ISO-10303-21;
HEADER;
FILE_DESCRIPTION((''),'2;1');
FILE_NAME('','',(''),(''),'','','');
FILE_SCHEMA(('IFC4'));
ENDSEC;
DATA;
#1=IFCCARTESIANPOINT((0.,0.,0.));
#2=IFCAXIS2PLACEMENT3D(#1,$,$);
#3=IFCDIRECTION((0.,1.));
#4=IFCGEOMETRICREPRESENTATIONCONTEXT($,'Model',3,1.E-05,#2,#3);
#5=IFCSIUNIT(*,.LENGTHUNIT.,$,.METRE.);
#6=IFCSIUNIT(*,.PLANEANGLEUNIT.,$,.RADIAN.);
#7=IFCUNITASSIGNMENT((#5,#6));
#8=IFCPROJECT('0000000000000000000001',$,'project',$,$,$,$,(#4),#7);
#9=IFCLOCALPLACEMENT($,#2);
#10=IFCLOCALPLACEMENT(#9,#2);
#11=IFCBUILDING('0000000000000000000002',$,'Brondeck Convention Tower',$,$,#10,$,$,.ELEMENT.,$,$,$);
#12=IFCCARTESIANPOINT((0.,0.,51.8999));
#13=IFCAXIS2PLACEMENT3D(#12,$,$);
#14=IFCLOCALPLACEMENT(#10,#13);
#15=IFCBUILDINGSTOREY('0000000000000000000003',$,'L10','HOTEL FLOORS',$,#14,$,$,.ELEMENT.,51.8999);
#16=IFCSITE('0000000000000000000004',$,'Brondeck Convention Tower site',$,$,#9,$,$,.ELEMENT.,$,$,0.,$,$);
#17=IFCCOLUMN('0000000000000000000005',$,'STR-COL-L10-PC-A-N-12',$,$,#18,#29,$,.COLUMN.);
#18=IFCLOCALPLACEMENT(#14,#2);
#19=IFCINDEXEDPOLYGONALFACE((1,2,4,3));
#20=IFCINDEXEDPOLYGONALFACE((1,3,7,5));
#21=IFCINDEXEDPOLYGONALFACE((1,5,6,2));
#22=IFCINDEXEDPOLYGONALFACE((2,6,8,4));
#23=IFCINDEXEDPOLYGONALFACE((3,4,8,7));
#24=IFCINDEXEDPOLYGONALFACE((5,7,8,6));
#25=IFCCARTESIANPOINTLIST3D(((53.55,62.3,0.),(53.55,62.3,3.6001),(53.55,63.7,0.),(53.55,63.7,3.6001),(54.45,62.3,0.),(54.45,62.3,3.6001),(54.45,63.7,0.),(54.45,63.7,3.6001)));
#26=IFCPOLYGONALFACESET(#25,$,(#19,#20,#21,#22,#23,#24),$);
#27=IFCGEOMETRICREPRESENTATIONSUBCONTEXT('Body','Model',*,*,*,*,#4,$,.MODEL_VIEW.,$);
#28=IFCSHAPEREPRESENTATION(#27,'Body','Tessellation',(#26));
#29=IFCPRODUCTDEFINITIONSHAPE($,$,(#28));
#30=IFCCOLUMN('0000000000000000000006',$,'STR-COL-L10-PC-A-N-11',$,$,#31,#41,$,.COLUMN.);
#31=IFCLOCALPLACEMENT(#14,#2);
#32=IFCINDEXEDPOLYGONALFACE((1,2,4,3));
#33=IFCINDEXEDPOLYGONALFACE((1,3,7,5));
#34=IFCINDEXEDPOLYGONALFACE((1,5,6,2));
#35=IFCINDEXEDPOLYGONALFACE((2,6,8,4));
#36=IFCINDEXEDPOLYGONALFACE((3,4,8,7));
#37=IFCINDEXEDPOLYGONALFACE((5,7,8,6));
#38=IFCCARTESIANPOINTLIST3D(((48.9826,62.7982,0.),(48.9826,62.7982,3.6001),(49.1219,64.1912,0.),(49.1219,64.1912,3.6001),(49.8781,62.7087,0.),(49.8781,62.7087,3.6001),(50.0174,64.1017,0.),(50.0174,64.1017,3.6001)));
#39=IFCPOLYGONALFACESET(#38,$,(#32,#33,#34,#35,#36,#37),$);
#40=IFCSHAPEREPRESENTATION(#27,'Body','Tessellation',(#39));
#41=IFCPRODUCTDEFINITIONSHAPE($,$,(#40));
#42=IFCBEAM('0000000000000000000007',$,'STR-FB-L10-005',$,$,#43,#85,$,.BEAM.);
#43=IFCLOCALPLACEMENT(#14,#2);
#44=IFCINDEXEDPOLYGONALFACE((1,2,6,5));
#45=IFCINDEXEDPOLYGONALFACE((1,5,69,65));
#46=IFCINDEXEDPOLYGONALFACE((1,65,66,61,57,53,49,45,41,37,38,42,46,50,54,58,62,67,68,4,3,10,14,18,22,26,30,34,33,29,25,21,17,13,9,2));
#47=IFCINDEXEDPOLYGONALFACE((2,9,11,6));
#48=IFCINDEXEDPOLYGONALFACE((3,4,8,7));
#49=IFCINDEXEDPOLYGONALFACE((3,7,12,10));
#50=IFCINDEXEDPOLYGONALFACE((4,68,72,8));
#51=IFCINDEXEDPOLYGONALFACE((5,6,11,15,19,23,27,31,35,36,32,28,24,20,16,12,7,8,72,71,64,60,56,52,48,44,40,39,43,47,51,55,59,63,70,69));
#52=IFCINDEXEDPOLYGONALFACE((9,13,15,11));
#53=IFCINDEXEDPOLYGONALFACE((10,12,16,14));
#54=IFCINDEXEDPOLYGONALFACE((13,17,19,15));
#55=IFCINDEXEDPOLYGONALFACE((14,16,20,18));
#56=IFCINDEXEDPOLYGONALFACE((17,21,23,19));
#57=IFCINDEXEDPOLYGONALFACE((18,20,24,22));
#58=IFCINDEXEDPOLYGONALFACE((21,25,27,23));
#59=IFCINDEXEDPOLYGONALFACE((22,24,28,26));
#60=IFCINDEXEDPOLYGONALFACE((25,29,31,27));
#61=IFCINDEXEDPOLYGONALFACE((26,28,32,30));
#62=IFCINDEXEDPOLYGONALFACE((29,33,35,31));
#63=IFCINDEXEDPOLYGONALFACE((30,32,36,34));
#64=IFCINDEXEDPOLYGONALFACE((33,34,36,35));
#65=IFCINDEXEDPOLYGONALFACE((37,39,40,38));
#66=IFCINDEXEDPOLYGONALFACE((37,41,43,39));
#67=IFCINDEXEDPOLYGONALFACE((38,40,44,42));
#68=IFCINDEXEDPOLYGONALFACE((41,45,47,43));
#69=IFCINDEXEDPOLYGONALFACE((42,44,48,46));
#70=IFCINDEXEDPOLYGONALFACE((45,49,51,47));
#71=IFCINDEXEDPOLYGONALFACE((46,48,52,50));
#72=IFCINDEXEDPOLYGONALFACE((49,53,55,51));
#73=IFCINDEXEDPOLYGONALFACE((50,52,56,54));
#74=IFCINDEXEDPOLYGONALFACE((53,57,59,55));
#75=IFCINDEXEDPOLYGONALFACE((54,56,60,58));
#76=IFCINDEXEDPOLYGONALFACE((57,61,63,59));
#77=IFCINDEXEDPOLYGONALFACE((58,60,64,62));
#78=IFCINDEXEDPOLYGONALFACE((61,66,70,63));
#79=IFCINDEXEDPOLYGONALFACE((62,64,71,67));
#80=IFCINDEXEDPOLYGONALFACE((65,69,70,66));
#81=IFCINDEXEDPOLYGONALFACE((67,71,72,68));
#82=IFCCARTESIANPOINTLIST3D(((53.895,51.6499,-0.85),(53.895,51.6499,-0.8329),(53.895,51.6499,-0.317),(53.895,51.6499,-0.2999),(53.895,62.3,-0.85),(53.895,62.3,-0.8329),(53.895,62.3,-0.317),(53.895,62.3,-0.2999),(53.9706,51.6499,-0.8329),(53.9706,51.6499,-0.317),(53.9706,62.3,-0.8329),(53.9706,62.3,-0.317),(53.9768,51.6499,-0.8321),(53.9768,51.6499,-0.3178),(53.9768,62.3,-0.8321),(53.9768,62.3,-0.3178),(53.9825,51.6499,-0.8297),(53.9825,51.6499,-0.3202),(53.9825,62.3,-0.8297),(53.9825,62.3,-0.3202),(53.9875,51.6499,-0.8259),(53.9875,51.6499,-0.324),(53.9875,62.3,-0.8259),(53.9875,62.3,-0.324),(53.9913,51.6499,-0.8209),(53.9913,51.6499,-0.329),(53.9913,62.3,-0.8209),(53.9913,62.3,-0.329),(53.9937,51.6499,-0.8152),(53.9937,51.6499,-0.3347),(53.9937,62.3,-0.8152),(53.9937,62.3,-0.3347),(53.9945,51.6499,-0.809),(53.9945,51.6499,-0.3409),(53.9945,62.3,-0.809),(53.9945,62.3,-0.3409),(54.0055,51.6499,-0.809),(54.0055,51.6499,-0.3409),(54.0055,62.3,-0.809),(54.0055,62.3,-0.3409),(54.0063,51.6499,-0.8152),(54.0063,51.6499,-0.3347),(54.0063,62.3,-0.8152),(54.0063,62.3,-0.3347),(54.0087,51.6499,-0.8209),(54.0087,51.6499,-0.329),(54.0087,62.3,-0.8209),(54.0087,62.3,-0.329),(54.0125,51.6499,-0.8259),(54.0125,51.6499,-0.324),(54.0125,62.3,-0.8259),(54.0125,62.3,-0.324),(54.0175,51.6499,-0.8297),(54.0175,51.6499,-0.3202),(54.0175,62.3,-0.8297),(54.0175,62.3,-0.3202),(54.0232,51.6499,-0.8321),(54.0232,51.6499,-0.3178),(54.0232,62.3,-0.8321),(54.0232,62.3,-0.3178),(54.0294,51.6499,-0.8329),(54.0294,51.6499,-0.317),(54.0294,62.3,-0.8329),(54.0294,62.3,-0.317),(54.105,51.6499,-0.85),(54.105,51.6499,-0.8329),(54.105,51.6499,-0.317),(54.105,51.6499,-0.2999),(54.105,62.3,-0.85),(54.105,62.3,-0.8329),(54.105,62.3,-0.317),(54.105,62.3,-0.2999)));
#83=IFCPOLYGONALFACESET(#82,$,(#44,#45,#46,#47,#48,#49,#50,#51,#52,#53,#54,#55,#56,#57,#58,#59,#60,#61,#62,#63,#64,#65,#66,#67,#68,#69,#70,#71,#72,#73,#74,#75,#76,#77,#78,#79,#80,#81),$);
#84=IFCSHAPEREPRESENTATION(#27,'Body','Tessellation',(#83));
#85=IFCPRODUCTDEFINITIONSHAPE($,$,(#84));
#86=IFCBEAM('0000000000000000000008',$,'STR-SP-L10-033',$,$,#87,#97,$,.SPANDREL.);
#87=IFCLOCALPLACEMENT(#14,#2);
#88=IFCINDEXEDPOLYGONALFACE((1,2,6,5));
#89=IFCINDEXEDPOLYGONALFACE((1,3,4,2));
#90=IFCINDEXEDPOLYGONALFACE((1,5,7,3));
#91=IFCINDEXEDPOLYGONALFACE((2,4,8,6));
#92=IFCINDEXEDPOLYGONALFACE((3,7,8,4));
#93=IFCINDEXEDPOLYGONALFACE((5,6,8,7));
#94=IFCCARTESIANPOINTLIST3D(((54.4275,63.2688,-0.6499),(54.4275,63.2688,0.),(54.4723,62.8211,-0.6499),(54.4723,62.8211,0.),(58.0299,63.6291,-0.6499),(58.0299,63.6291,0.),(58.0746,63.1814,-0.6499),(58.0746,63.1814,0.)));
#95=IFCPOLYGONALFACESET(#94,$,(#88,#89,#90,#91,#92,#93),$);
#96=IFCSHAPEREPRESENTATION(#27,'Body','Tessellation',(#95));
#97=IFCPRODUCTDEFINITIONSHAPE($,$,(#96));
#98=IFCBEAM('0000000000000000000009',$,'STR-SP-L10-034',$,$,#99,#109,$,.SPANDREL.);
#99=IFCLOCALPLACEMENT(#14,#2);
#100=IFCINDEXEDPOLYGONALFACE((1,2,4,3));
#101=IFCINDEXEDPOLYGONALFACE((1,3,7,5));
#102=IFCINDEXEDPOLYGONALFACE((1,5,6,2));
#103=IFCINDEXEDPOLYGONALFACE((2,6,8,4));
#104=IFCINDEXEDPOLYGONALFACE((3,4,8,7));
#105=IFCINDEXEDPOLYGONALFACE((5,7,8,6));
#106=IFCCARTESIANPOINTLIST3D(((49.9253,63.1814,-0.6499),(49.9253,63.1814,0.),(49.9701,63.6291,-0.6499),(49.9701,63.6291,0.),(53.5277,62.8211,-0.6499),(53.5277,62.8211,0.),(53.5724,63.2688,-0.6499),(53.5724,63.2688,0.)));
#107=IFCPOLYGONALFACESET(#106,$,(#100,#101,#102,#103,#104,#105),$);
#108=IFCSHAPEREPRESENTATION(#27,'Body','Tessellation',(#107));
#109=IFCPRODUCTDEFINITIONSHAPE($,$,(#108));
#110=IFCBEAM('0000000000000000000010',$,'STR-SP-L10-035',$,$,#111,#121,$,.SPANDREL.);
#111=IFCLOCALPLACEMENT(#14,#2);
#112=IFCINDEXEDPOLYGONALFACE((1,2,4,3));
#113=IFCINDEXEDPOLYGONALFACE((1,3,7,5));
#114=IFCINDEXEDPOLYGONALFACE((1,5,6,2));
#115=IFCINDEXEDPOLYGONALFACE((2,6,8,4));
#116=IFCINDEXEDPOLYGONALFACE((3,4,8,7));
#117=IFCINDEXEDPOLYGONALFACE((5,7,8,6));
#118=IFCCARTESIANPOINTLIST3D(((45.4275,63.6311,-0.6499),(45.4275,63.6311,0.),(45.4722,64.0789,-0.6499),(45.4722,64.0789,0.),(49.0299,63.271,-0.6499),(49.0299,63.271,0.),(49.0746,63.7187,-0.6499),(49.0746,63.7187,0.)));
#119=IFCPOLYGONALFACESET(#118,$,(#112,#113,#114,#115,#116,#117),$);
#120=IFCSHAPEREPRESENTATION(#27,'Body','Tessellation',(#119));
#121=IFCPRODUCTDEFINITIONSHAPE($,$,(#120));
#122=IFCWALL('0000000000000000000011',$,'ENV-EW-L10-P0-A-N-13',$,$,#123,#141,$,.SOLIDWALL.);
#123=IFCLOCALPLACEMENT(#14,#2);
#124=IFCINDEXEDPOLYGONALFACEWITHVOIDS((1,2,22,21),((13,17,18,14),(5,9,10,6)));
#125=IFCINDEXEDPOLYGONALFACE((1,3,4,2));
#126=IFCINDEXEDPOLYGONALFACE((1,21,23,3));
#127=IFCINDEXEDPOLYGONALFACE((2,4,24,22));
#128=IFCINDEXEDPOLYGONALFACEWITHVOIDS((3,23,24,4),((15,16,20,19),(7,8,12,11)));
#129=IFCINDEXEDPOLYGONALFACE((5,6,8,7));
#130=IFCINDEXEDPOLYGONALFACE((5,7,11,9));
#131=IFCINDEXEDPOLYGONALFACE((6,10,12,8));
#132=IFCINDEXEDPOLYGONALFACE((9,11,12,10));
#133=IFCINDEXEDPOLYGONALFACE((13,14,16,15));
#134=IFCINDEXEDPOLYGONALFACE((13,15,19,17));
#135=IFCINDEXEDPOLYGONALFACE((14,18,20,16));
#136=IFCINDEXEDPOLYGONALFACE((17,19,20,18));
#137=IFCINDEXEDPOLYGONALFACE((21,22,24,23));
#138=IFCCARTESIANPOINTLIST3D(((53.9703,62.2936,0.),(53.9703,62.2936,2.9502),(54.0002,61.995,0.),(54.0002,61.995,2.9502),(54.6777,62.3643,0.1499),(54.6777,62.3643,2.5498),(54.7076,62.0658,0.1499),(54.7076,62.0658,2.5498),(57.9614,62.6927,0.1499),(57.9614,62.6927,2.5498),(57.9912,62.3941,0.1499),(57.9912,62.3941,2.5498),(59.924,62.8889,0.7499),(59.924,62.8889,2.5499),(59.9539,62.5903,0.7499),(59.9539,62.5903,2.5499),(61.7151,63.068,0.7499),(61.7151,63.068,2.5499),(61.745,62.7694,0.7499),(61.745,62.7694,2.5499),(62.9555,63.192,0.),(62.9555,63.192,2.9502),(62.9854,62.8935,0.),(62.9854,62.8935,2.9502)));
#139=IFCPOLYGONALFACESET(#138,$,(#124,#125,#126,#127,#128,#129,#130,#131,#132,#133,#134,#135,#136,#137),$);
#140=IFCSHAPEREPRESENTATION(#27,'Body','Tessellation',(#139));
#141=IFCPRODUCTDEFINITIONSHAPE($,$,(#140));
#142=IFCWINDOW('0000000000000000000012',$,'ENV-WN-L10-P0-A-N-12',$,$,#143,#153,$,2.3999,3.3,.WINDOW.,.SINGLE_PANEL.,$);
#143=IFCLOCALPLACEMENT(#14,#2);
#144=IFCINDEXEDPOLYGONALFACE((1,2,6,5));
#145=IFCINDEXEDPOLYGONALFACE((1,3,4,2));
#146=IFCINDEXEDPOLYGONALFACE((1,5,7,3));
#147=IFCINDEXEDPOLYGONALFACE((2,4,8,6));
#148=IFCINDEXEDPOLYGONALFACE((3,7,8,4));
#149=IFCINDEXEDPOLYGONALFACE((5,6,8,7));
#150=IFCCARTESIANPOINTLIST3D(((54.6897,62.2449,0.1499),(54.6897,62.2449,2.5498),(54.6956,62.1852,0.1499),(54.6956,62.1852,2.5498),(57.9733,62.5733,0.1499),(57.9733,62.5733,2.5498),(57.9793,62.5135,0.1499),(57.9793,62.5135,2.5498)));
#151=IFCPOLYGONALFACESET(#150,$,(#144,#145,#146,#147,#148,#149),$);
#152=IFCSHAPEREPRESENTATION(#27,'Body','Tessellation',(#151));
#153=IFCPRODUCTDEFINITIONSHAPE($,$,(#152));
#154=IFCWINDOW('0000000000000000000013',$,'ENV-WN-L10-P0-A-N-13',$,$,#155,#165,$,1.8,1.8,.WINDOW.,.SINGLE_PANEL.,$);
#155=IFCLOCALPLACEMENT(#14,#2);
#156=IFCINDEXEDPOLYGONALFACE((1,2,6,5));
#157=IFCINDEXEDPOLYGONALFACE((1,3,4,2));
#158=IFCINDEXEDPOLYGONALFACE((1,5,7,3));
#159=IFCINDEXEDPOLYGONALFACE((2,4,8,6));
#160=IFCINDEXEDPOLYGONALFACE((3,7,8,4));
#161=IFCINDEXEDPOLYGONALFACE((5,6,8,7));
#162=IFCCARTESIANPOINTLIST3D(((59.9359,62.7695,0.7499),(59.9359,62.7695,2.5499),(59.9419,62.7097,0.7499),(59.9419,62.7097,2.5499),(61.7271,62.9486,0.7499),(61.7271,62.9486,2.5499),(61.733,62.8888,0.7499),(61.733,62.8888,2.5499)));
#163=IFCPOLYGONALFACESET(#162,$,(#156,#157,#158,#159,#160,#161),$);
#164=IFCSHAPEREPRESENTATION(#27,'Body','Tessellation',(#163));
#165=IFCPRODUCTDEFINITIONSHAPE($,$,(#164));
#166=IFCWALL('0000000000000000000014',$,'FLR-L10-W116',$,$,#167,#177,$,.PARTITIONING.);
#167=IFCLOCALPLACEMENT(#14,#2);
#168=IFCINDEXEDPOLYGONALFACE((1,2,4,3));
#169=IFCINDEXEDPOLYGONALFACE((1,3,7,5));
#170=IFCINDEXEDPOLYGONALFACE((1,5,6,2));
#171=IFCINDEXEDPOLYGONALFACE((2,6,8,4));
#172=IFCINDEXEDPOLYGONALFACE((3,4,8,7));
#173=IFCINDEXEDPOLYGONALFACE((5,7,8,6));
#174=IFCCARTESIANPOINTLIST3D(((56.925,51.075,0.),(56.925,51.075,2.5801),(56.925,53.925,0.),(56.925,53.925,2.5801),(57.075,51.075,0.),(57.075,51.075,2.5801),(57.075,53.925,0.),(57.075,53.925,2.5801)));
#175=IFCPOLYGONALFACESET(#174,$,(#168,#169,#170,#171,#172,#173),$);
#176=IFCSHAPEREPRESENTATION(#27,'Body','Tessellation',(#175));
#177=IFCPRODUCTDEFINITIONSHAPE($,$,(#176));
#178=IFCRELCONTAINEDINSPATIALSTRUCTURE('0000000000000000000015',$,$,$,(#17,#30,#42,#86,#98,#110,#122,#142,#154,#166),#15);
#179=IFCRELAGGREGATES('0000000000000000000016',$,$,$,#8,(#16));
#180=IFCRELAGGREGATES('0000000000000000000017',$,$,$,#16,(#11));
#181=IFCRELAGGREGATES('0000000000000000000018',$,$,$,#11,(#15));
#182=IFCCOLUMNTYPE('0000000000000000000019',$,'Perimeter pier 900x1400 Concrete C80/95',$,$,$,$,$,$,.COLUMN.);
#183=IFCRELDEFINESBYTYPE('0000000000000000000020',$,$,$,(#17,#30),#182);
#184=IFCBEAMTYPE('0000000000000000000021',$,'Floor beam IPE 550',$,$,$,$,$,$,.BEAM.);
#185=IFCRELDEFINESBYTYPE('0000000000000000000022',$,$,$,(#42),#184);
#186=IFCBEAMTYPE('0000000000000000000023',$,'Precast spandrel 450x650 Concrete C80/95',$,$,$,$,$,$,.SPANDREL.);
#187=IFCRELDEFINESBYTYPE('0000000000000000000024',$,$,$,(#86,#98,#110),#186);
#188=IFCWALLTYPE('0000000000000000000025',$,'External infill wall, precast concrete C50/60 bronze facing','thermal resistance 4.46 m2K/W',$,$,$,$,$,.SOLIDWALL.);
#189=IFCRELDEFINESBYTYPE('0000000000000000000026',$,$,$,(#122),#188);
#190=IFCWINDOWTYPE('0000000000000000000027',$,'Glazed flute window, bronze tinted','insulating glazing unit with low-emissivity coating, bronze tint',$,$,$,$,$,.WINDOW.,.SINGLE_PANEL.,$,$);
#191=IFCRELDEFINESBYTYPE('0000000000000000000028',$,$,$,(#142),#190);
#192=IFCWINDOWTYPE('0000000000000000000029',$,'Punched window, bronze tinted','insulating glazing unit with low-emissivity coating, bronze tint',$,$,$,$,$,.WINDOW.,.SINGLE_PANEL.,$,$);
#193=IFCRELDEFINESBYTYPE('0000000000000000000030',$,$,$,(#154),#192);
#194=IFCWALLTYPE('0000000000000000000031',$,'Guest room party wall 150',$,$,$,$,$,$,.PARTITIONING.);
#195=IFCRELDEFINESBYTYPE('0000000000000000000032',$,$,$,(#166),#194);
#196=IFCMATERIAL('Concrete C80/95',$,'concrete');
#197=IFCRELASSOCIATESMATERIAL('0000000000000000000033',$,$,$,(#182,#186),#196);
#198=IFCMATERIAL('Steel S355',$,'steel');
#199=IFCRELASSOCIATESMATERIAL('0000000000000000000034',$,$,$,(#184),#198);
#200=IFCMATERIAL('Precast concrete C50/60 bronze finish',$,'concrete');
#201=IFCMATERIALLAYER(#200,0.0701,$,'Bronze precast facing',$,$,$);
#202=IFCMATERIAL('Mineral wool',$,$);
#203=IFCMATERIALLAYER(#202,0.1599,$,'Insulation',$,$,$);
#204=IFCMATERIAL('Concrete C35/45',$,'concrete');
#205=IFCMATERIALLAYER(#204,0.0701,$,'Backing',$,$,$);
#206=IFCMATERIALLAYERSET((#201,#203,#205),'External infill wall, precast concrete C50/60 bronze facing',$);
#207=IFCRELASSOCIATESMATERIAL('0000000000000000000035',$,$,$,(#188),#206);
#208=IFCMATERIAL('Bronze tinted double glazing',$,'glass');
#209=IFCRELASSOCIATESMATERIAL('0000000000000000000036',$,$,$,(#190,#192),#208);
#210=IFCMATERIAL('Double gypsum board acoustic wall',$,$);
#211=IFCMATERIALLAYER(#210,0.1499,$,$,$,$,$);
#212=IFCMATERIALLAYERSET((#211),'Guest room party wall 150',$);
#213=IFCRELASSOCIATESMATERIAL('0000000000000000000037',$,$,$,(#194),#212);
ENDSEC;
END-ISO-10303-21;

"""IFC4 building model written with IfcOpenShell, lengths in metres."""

from ifc_helpers import new_model, si_unit, direction, frame, frame_2d, origin, origin_2d, place, context, subcontext, project, spatial, rectangle, i_section, extrude, material, layer, layer_set, material_profile, profile_set, type_object, element, fill, save


model = new_model("IFC4")

# Units and contexts
model_context = context("Model", 3, precision=1e-05, world=origin(), true_north=direction((0.0, 1.0)))
body_context = subcontext(model_context, "Body", "Model", "MODEL_VIEW")
ifc_project = project(units=[si_unit("LENGTHUNIT", "METRE"), si_unit("PLANEANGLEUNIT", "RADIAN")], contexts=[model_context])

# Site, building, storey
site_placement = place(None, origin())
site = spatial("IfcSite", under=ifc_project, at=site_placement, Name="Brondeck Convention Tower site", CompositionType="ELEMENT", RefElevation=0.0)
building_placement = place(site_placement, origin())
building = spatial("IfcBuilding", under=site, at=building_placement, Name="Brondeck Convention Tower", CompositionType="ELEMENT")
storey_placement = place(building_placement, frame((0.0, 0.0, 51.8999)))
storey = spatial("IfcBuildingStorey", under=building, at=storey_placement, Name="L10", Description="HOTEL FLOORS", CompositionType="ELEMENT", Elevation=51.8999)

# Columns
ifc_material_1 = material(Name="Concrete C80/95", Category="concrete")
ifc_material_profile_1 = material_profile(ifc_material_1, rectangle(XDim=0.8999, YDim=1.3999, at=origin_2d()), Name="Perimeter pier 900x1400 Concrete C80/95")
ifc_profile_set_1 = profile_set([ifc_material_profile_1], Name="Concrete C80/95")
column_type = type_object("IfcColumnType", Name="Perimeter pier 900x1400 Concrete C80/95", PredefinedType="COLUMN", material=ifc_profile_set_1)
for number, where, z_axis, x_axis, name in (
    (1, (54.0, 63.0, 0.0), (0.0, 0.0, 1.0), (-1.0, 0.0, 0.0), "STR-COL-L10-PC-A-N-12"),
    (2, (49.5, 63.45, 0.0), (0.0, 0.0, 1.0), (-0.995037, 0.099504, 0.0), "STR-COL-L10-PC-A-N-11"),
):
    element("IfcColumn", number, at=place(storey_placement, frame(where, z_axis=z_axis, x_axis=x_axis)), inside=storey, type_object=column_type, Name=name, PredefinedType="COLUMN", context=body_context, shape_type="SweptSolid", body=[
        extrude(rectangle(XDim=0.8999, YDim=1.3999, at=origin_2d()), origin(), (0.0, 0.0, 1.0), 3.6001),
    ])

# Beams
ifc_material_2 = material(Name="Steel S355", Category="steel")
ifc_material_profile_2 = material_profile(ifc_material_2, i_section(OverallWidth=0.21, OverallDepth=0.55, WebThickness=0.011, FlangeThickness=0.0171, FilletRadius=0.0239, at=origin_2d()), Name="IPE 550")
ifc_profile_set_2 = profile_set([ifc_material_profile_2], Name="Steel S355")
beam_type_1 = type_object("IfcBeamType", Name="Floor beam IPE 550", PredefinedType="BEAM", material=ifc_profile_set_2)
beam_placement = place(storey_placement, frame((54.0, 51.6499, -0.575), z_axis=(0.0, 1.0, 0.0), x_axis=(-1.0, 0.0, 0.0)))
element("IfcBeam", 3, at=beam_placement, inside=storey, type_object=beam_type_1, Name="STR-FB-L10-005", PredefinedType="BEAM", context=body_context, shape_type="SweptSolid", body=[
    extrude(i_section(OverallWidth=0.21, OverallDepth=0.55, WebThickness=0.011, FlangeThickness=0.0171, FilletRadius=0.0239, at=origin_2d()), origin(), (0.0, 0.0, 1.0), 10.6501),
])
ifc_material_profile_3 = material_profile(ifc_material_1, rectangle(XDim=0.45, YDim=0.6499, at=origin_2d()), Name="Precast spandrel 450x650 Concrete C80/95")
ifc_profile_set_3 = profile_set([ifc_material_profile_3], Name="Concrete C80/95")
beam_type_2 = type_object("IfcBeamType", Name="Precast spandrel 450x650 Concrete C80/95", PredefinedType="SPANDREL", material=ifc_profile_set_3)
for number, where, z_axis, x_axis, name in (
    (4, (58.0522, 63.4053, -0.325), (-0.995034, -0.099537, 0.0), (0.099537, -0.995034, 0.0), "STR-SP-L10-033"),
    (5, (53.55, 63.0449, -0.325), (-0.995034, 0.099537, 0.0), (-0.099537, -0.995034, 0.0), "STR-SP-L10-034"),
    (6, (49.0522, 63.4949, -0.325), (-0.995041, 0.09947, 0.0), (-0.09947, -0.995041, 0.0), "STR-SP-L10-035"),
):
    element("IfcBeam", number, at=place(storey_placement, frame(where, z_axis=z_axis, x_axis=x_axis)), inside=storey, type_object=beam_type_2, Name=name, PredefinedType="SPANDREL", context=body_context, shape_type="SweptSolid", body=[
        extrude(rectangle(XDim=0.45, YDim=0.6499, at=origin_2d()), origin(), (0.0, 0.0, 1.0), 3.6204),
    ])

# Wall, openings, windows
ifc_material_3 = material(Name="Precast concrete C50/60 bronze finish", Category="concrete")
ifc_layer_1 = layer(ifc_material_3, 0.0701, Name="Bronze precast facing")
ifc_material_4 = material(Name="Mineral wool")
ifc_layer_2 = layer(ifc_material_4, 0.1599, Name="Insulation")
ifc_material_5 = material(Name="Concrete C35/45", Category="concrete")
ifc_layer_3 = layer(ifc_material_5, 0.0701, Name="Backing")
ifc_layer_set_1 = layer_set([ifc_layer_1, ifc_layer_2, ifc_layer_3], Name="External infill wall, precast concrete C50/60 bronze facing")
wall_type_1 = type_object("IfcWallType", Name="External infill wall, precast concrete C50/60 bronze facing", Description="thermal resistance 4.46 m2K/W", PredefinedType="SOLIDWALL", material=ifc_layer_set_1)
wall_1_placement = place(storey_placement, frame((53.9851, 62.1443, 0.0), z_axis=(0.0, 0.0, 1.0), x_axis=(0.995038, 0.099496, 0.0)))
wall_1 = element("IfcWall", 7, at=wall_1_placement, inside=storey, type_object=wall_type_1, Name="ENV-EW-L10-P0-A-N-13", PredefinedType="SOLIDWALL", context=body_context, shape_type="SweptSolid", body=[
    extrude(rectangle(XDim=9.03, YDim=0.3, at=frame_2d((4.5151, 0.0))), origin(), (0.0, 0.0, 1.0), 2.9502),
])
opening_1_placement = place(wall_1_placement, frame((0.7112, 0.0, 0.1499)))
opening_1 = element("IfcOpeningElement", 8, at=opening_1_placement, cuts=wall_1, PredefinedType="OPENING", context=body_context, shape_type="SweptSolid", body=[
    extrude(rectangle(XDim=3.3, YDim=2.3999, at=frame_2d((1.6499, 1.2))), frame((0.0, 0.1599, 0.0), z_axis=(0.0, -1.0, 0.0), x_axis=(1.0, 0.0, 0.0)), (0.0, 0.0, 1.0), 0.3201),
])
opening_2_placement = place(wall_1_placement, frame((5.9836, 0.0, 0.75)))
opening_2 = element("IfcOpeningElement", 9, at=opening_2_placement, cuts=wall_1, PredefinedType="OPENING", context=body_context, shape_type="SweptSolid", body=[
    extrude(rectangle(XDim=1.8, YDim=1.8, at=frame_2d((0.8999, 0.8999))), frame((0.0, 0.1599, 0.0), z_axis=(0.0, -1.0, 0.0), x_axis=(1.0, 0.0, 0.0)), (0.0, 0.0, 1.0), 0.3201),
])
ifc_material_6 = material(Name="Bronze tinted double glazing", Category="glass")
window_type_1 = type_object("IfcWindowType", Name="Glazed flute window, bronze tinted", Description="insulating glazing unit with low-emissivity coating, bronze tint", PartitioningType="SINGLE_PANEL", PredefinedType="WINDOW", material=ifc_material_6)
window_1_placement = place(opening_1_placement, origin())
window_1 = element("IfcWindow", 10, at=window_1_placement, inside=storey, type_object=window_type_1, Name="ENV-WN-L10-P0-A-N-12", OverallHeight=2.3999, OverallWidth=3.3, PartitioningType="SINGLE_PANEL", PredefinedType="WINDOW", context=body_context, shape_type="SweptSolid", body=[
    extrude(rectangle(XDim=3.3, YDim=2.3999, at=frame_2d((1.6499, 1.2))), frame((0.0, 0.03, 0.0), z_axis=(0.0, -1.0, 0.0), x_axis=(1.0, 0.0, 0.0)), (0.0, 0.0, 1.0), 0.0601),
])
fill(opening_1, window_1)
window_type_2 = type_object("IfcWindowType", Name="Punched window, bronze tinted", Description="insulating glazing unit with low-emissivity coating, bronze tint", PartitioningType="SINGLE_PANEL", PredefinedType="WINDOW", material=ifc_material_6)
window_2_placement = place(opening_2_placement, origin())
window_2 = element("IfcWindow", 11, at=window_2_placement, inside=storey, type_object=window_type_2, Name="ENV-WN-L10-P0-A-N-13", OverallHeight=1.8, OverallWidth=1.8, PartitioningType="SINGLE_PANEL", PredefinedType="WINDOW", context=body_context, shape_type="SweptSolid", body=[
    extrude(rectangle(XDim=1.8, YDim=1.8, at=frame_2d((0.8999, 0.8999))), frame((0.0, 0.03, 0.0), z_axis=(0.0, -1.0, 0.0), x_axis=(1.0, 0.0, 0.0)), (0.0, 0.0, 1.0), 0.0601),
])
fill(opening_2, window_2)

# Wall
ifc_material_7 = material(Name="Double gypsum board acoustic wall")
ifc_layer_4 = layer(ifc_material_7, 0.1499)
ifc_layer_set_2 = layer_set([ifc_layer_4], Name="Guest room party wall 150")
wall_type_2 = type_object("IfcWallType", Name="Guest room party wall 150", PredefinedType="PARTITIONING", material=ifc_layer_set_2)
wall_2_placement = place(storey_placement, frame((57.0, 51.075, 0.0), z_axis=(0.0, 0.0, 1.0), x_axis=(0.0, 1.0, 0.0)))
element("IfcWall", 12, at=wall_2_placement, inside=storey, type_object=wall_type_2, Name="FLR-L10-W116", PredefinedType="PARTITIONING", context=body_context, shape_type="SweptSolid", body=[
    extrude(rectangle(XDim=2.8501, YDim=0.1499, at=frame_2d((1.425, 0.0))), origin(), (0.0, 0.0, 1.0), 2.5801),
])

save(model, "model.ifc")
